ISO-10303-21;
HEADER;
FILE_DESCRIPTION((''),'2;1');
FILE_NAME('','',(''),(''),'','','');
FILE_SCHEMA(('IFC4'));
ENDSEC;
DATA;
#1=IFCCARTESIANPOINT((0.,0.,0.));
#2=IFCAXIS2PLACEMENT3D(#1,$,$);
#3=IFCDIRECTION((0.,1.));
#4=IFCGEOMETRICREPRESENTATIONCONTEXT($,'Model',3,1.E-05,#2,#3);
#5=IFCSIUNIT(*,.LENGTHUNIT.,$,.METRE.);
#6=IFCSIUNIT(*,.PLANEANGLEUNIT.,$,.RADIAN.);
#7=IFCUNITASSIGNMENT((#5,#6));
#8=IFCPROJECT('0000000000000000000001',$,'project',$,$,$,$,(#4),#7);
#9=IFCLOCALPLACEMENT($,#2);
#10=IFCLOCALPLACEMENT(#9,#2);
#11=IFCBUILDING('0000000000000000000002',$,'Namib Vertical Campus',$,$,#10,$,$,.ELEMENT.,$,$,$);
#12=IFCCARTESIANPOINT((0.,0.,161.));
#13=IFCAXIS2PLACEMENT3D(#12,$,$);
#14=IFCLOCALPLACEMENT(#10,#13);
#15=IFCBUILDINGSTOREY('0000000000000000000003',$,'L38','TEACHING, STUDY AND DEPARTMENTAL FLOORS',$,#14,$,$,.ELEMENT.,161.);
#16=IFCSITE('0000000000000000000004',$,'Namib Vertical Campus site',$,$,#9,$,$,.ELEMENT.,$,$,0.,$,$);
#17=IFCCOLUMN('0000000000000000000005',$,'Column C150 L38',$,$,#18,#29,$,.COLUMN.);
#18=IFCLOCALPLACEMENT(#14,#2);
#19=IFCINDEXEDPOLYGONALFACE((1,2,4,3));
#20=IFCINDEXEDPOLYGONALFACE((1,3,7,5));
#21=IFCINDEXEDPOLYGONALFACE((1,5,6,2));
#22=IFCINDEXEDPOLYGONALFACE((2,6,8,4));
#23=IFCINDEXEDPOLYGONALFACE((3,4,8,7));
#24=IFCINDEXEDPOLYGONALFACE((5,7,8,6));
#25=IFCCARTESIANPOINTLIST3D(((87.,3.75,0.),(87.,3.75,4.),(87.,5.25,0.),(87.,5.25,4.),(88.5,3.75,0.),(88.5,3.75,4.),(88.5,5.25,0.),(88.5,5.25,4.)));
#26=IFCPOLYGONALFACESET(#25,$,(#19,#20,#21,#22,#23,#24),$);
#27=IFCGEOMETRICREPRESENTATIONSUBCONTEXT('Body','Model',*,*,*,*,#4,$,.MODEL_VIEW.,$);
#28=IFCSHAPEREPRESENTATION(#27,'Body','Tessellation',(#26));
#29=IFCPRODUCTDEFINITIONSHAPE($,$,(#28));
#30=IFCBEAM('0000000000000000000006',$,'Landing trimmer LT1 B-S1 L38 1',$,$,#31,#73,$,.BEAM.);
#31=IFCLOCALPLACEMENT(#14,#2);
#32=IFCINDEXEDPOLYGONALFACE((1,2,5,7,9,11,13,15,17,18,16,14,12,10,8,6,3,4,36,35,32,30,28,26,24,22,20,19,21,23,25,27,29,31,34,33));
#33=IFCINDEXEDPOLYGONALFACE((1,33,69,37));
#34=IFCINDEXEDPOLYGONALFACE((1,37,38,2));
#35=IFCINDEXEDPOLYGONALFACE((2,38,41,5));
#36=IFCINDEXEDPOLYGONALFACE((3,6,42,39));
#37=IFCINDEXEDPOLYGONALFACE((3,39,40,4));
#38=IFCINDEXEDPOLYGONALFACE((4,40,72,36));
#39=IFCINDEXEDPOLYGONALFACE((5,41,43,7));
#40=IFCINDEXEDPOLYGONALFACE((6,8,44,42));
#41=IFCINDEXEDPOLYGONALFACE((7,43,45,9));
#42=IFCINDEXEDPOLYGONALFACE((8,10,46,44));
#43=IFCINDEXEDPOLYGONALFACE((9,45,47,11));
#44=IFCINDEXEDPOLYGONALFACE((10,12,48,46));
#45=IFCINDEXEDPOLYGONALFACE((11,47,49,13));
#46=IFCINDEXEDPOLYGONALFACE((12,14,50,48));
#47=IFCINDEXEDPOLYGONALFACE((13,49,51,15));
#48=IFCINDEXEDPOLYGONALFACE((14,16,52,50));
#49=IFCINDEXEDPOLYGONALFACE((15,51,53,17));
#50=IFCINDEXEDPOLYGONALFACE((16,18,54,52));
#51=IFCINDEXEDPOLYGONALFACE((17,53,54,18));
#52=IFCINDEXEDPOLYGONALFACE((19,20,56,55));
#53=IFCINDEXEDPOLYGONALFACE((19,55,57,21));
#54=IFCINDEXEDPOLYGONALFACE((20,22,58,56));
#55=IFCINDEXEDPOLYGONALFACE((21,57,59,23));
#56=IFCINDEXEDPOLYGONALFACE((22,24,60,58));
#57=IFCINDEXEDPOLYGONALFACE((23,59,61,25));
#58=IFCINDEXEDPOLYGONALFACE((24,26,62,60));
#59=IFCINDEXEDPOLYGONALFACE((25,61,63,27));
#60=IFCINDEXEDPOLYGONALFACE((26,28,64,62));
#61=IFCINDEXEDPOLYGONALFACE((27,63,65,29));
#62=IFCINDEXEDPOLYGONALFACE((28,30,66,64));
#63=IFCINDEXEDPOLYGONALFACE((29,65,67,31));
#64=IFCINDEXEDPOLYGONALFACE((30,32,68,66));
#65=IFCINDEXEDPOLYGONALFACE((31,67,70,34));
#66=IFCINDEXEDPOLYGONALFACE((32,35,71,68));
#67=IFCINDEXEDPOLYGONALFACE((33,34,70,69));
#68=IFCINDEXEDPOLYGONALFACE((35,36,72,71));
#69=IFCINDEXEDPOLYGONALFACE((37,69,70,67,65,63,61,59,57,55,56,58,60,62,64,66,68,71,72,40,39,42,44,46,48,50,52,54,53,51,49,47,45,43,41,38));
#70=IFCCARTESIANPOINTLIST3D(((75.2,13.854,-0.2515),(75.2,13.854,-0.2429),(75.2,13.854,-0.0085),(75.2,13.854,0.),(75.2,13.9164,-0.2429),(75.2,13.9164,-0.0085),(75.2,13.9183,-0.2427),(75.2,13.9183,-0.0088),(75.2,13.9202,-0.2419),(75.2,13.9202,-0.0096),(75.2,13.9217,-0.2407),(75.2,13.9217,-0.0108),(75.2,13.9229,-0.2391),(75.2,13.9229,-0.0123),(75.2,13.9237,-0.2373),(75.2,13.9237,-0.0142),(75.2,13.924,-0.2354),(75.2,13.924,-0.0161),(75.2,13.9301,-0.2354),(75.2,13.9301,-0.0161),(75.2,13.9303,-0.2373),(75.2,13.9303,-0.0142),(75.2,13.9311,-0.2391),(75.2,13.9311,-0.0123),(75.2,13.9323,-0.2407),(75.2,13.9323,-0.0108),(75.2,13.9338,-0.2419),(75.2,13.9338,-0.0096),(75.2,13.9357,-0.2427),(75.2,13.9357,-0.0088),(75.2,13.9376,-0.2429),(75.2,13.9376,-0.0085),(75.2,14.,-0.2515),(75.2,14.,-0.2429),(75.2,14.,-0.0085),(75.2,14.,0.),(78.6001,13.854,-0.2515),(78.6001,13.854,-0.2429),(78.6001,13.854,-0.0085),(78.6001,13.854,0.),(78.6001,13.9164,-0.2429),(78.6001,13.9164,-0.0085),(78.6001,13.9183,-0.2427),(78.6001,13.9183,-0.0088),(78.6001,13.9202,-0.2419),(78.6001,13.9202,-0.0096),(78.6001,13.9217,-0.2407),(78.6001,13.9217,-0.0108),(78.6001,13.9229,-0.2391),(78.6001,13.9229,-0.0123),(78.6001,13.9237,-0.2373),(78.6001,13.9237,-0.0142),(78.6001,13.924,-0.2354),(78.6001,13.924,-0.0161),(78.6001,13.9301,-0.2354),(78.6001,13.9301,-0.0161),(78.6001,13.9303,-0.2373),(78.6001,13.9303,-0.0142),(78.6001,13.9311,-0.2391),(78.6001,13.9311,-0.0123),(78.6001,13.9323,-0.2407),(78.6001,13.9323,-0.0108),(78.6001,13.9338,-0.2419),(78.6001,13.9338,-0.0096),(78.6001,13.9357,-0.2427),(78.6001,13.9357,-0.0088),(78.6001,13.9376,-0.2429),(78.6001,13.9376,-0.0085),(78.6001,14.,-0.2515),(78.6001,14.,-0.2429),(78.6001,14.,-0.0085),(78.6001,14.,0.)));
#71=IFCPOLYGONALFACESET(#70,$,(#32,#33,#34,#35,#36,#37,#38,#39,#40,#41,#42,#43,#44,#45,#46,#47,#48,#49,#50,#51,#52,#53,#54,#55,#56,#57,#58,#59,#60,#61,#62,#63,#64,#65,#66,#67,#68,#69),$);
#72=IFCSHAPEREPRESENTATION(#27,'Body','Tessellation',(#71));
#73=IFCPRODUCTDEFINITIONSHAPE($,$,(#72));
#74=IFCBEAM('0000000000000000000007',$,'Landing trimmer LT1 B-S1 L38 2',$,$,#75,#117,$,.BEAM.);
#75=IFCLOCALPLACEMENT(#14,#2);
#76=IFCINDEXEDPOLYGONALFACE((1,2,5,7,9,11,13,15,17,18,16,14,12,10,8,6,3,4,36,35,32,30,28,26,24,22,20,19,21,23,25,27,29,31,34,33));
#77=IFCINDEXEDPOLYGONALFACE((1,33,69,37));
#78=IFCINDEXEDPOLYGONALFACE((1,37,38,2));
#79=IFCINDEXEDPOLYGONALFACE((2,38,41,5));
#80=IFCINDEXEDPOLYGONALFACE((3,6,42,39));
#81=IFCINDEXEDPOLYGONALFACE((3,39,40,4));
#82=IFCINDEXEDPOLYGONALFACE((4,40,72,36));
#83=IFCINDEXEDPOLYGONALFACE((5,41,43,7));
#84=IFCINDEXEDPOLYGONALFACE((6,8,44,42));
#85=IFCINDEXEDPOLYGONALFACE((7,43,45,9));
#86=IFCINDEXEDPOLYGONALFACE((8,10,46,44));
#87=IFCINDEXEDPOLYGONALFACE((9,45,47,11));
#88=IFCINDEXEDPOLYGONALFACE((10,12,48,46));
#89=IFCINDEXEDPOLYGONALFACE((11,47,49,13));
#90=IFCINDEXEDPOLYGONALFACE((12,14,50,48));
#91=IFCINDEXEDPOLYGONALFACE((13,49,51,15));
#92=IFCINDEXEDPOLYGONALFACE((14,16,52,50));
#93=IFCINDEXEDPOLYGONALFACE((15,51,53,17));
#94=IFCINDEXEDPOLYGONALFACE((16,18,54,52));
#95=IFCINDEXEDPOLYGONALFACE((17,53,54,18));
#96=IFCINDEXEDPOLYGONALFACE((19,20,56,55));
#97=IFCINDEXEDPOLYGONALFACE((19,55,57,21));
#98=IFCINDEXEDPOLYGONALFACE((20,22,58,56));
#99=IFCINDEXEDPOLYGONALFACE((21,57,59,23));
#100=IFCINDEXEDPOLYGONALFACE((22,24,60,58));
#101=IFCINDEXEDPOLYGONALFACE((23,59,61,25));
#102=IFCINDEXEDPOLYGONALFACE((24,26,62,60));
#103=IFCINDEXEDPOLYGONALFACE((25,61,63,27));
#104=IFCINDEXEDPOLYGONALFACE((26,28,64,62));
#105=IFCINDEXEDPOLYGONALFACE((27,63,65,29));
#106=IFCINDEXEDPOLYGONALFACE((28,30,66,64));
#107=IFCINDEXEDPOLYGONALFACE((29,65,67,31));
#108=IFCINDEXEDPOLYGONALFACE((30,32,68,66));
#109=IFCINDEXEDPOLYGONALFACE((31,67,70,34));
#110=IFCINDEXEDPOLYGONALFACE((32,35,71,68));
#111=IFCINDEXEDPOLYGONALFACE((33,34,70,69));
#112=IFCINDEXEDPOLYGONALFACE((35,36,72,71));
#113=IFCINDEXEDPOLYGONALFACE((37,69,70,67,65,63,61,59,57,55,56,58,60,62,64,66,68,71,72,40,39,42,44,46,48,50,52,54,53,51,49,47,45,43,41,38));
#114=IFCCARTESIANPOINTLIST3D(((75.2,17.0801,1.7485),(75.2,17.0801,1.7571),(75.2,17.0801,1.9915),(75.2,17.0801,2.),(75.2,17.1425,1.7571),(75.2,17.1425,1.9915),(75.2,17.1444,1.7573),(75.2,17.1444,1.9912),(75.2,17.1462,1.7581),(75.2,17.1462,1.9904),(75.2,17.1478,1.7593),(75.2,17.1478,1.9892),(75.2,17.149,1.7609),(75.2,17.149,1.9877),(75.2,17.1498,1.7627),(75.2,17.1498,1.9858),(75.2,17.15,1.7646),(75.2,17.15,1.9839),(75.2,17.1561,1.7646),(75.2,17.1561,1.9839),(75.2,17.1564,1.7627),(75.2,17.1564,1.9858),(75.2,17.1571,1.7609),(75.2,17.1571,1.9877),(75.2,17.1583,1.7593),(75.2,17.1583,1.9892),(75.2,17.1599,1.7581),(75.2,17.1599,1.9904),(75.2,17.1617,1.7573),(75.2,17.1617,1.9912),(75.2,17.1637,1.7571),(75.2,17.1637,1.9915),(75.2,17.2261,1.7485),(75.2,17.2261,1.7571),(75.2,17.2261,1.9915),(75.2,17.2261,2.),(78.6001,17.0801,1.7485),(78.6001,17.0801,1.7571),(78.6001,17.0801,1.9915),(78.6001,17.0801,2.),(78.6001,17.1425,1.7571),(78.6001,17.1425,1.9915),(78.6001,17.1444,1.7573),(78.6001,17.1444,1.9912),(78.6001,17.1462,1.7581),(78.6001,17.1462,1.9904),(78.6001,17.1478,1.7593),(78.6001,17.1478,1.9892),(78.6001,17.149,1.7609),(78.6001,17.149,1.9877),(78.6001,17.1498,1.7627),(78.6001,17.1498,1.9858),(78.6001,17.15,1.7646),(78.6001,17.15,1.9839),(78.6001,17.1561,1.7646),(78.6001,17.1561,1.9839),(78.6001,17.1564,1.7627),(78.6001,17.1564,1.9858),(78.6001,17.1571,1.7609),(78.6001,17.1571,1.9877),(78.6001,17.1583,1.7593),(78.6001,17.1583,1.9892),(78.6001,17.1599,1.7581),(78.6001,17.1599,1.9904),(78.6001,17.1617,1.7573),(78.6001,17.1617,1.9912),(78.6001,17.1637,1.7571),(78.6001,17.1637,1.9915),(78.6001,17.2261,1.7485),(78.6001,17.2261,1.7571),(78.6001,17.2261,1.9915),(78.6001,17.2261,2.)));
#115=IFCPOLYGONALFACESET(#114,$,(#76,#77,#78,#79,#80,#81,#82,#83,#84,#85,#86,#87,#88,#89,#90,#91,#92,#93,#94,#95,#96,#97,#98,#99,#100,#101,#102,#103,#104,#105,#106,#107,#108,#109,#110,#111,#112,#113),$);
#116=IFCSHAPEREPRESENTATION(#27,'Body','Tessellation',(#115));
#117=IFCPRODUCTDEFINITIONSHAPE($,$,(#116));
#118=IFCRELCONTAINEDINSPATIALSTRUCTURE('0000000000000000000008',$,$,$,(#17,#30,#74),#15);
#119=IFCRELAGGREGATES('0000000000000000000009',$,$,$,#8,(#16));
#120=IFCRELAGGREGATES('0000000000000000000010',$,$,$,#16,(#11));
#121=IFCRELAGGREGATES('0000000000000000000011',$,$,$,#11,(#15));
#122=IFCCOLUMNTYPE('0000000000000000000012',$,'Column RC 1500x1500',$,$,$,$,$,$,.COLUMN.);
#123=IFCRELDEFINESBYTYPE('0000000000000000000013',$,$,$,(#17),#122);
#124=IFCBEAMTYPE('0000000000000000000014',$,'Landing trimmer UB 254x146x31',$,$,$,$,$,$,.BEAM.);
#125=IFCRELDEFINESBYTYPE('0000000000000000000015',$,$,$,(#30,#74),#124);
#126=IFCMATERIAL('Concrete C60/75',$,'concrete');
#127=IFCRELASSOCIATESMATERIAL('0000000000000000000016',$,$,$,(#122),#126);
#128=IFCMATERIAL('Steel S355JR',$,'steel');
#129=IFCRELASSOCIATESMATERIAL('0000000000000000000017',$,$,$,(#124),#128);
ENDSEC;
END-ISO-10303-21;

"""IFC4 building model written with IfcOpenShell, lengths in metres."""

from ifc_helpers import new_model, si_unit, direction, frame, origin, origin_2d, place, context, subcontext, project, spatial, rectangle, i_section, extrude, material, material_profile, profile_set, type_object, element, save


model = new_model("IFC4")

# Units and contexts
model_context = context("Model", 3, precision=1e-05, world=origin(), true_north=direction((0.0, 1.0)))
body_context = subcontext(model_context, "Body", "Model", "MODEL_VIEW")
ifc_project = project(units=[si_unit("LENGTHUNIT", "METRE"), si_unit("PLANEANGLEUNIT", "RADIAN")], contexts=[model_context])

# Site, building, storey
site_placement = place(None, origin())
site = spatial("IfcSite", under=ifc_project, at=site_placement, Name="Namib Vertical Campus site", CompositionType="ELEMENT", RefElevation=0.0)
building_placement = place(site_placement, origin())
building = spatial("IfcBuilding", under=site, at=building_placement, Name="Namib Vertical Campus", CompositionType="ELEMENT")
storey_placement = place(building_placement, frame((0.0, 0.0, 161.0)))
storey = spatial("IfcBuildingStorey", under=building, at=storey_placement, Name="L38", Description="TEACHING, STUDY AND DEPARTMENTAL FLOORS", CompositionType="ELEMENT", Elevation=161.0)

# Column
ifc_material_1 = material(Name="Concrete C60/75", Category="concrete")
ifc_material_profile_1 = material_profile(ifc_material_1, rectangle(XDim=1.5, YDim=1.5, at=origin_2d()))
ifc_profile_set_1 = profile_set([ifc_material_profile_1], Name="Concrete C60/75")
column_type = type_object("IfcColumnType", Name="Column RC 1500x1500", PredefinedType="COLUMN", material=ifc_profile_set_1)
column_placement = place(storey_placement, frame((87.75, 4.5, 0.0), z_axis=(0.0, 0.0, 1.0), x_axis=(1.0, 0.0, 0.0)))
element("IfcColumn", 1, at=column_placement, inside=storey, type_object=column_type, Name="Column C150 L38", PredefinedType="COLUMN", context=body_context, shape_type="SweptSolid", body=[
    extrude(rectangle(XDim=1.5, YDim=1.5, at=origin_2d()), origin(), (0.0, 0.0, 1.0), 4.0),
])

# Beams
ifc_material_2 = material(Name="Steel S355JR", Category="steel")
ifc_material_profile_2 = material_profile(ifc_material_2, i_section(OverallWidth=0.146, OverallDepth=0.2515, WebThickness=0.0061, FlangeThickness=0.0085, FilletRadius=0.0076, at=origin_2d()))
ifc_profile_set_2 = profile_set([ifc_material_profile_2], Name="Steel S355JR")
beam_type = type_object("IfcBeamType", Name="Landing trimmer UB 254x146x31", PredefinedType="BEAM", material=ifc_profile_set_2)
for number, where, z_axis, x_axis, name in (
    (2, (75.2, 13.927, -0.1257), (1.0, 0.0, 0.0), (0.0, 1.0, 0.0), "Landing trimmer LT1 B-S1 L38 1"),
    (3, (75.2, 17.1531, 1.8743), (1.0, 0.0, 0.0), (0.0, 1.0, 0.0), "Landing trimmer LT1 B-S1 L38 2"),
):
    element("IfcBeam", number, at=place(storey_placement, frame(where, z_axis=z_axis, x_axis=x_axis)), inside=storey, type_object=beam_type, Name=name, PredefinedType="BEAM", context=body_context, shape_type="SweptSolid", body=[
        extrude(i_section(OverallWidth=0.146, OverallDepth=0.2515, WebThickness=0.0061, FlangeThickness=0.0085, FilletRadius=0.0076, at=origin_2d()), origin(), (0.0, 0.0, 1.0), 3.4001),
    ])

save(model, "model.ifc")
